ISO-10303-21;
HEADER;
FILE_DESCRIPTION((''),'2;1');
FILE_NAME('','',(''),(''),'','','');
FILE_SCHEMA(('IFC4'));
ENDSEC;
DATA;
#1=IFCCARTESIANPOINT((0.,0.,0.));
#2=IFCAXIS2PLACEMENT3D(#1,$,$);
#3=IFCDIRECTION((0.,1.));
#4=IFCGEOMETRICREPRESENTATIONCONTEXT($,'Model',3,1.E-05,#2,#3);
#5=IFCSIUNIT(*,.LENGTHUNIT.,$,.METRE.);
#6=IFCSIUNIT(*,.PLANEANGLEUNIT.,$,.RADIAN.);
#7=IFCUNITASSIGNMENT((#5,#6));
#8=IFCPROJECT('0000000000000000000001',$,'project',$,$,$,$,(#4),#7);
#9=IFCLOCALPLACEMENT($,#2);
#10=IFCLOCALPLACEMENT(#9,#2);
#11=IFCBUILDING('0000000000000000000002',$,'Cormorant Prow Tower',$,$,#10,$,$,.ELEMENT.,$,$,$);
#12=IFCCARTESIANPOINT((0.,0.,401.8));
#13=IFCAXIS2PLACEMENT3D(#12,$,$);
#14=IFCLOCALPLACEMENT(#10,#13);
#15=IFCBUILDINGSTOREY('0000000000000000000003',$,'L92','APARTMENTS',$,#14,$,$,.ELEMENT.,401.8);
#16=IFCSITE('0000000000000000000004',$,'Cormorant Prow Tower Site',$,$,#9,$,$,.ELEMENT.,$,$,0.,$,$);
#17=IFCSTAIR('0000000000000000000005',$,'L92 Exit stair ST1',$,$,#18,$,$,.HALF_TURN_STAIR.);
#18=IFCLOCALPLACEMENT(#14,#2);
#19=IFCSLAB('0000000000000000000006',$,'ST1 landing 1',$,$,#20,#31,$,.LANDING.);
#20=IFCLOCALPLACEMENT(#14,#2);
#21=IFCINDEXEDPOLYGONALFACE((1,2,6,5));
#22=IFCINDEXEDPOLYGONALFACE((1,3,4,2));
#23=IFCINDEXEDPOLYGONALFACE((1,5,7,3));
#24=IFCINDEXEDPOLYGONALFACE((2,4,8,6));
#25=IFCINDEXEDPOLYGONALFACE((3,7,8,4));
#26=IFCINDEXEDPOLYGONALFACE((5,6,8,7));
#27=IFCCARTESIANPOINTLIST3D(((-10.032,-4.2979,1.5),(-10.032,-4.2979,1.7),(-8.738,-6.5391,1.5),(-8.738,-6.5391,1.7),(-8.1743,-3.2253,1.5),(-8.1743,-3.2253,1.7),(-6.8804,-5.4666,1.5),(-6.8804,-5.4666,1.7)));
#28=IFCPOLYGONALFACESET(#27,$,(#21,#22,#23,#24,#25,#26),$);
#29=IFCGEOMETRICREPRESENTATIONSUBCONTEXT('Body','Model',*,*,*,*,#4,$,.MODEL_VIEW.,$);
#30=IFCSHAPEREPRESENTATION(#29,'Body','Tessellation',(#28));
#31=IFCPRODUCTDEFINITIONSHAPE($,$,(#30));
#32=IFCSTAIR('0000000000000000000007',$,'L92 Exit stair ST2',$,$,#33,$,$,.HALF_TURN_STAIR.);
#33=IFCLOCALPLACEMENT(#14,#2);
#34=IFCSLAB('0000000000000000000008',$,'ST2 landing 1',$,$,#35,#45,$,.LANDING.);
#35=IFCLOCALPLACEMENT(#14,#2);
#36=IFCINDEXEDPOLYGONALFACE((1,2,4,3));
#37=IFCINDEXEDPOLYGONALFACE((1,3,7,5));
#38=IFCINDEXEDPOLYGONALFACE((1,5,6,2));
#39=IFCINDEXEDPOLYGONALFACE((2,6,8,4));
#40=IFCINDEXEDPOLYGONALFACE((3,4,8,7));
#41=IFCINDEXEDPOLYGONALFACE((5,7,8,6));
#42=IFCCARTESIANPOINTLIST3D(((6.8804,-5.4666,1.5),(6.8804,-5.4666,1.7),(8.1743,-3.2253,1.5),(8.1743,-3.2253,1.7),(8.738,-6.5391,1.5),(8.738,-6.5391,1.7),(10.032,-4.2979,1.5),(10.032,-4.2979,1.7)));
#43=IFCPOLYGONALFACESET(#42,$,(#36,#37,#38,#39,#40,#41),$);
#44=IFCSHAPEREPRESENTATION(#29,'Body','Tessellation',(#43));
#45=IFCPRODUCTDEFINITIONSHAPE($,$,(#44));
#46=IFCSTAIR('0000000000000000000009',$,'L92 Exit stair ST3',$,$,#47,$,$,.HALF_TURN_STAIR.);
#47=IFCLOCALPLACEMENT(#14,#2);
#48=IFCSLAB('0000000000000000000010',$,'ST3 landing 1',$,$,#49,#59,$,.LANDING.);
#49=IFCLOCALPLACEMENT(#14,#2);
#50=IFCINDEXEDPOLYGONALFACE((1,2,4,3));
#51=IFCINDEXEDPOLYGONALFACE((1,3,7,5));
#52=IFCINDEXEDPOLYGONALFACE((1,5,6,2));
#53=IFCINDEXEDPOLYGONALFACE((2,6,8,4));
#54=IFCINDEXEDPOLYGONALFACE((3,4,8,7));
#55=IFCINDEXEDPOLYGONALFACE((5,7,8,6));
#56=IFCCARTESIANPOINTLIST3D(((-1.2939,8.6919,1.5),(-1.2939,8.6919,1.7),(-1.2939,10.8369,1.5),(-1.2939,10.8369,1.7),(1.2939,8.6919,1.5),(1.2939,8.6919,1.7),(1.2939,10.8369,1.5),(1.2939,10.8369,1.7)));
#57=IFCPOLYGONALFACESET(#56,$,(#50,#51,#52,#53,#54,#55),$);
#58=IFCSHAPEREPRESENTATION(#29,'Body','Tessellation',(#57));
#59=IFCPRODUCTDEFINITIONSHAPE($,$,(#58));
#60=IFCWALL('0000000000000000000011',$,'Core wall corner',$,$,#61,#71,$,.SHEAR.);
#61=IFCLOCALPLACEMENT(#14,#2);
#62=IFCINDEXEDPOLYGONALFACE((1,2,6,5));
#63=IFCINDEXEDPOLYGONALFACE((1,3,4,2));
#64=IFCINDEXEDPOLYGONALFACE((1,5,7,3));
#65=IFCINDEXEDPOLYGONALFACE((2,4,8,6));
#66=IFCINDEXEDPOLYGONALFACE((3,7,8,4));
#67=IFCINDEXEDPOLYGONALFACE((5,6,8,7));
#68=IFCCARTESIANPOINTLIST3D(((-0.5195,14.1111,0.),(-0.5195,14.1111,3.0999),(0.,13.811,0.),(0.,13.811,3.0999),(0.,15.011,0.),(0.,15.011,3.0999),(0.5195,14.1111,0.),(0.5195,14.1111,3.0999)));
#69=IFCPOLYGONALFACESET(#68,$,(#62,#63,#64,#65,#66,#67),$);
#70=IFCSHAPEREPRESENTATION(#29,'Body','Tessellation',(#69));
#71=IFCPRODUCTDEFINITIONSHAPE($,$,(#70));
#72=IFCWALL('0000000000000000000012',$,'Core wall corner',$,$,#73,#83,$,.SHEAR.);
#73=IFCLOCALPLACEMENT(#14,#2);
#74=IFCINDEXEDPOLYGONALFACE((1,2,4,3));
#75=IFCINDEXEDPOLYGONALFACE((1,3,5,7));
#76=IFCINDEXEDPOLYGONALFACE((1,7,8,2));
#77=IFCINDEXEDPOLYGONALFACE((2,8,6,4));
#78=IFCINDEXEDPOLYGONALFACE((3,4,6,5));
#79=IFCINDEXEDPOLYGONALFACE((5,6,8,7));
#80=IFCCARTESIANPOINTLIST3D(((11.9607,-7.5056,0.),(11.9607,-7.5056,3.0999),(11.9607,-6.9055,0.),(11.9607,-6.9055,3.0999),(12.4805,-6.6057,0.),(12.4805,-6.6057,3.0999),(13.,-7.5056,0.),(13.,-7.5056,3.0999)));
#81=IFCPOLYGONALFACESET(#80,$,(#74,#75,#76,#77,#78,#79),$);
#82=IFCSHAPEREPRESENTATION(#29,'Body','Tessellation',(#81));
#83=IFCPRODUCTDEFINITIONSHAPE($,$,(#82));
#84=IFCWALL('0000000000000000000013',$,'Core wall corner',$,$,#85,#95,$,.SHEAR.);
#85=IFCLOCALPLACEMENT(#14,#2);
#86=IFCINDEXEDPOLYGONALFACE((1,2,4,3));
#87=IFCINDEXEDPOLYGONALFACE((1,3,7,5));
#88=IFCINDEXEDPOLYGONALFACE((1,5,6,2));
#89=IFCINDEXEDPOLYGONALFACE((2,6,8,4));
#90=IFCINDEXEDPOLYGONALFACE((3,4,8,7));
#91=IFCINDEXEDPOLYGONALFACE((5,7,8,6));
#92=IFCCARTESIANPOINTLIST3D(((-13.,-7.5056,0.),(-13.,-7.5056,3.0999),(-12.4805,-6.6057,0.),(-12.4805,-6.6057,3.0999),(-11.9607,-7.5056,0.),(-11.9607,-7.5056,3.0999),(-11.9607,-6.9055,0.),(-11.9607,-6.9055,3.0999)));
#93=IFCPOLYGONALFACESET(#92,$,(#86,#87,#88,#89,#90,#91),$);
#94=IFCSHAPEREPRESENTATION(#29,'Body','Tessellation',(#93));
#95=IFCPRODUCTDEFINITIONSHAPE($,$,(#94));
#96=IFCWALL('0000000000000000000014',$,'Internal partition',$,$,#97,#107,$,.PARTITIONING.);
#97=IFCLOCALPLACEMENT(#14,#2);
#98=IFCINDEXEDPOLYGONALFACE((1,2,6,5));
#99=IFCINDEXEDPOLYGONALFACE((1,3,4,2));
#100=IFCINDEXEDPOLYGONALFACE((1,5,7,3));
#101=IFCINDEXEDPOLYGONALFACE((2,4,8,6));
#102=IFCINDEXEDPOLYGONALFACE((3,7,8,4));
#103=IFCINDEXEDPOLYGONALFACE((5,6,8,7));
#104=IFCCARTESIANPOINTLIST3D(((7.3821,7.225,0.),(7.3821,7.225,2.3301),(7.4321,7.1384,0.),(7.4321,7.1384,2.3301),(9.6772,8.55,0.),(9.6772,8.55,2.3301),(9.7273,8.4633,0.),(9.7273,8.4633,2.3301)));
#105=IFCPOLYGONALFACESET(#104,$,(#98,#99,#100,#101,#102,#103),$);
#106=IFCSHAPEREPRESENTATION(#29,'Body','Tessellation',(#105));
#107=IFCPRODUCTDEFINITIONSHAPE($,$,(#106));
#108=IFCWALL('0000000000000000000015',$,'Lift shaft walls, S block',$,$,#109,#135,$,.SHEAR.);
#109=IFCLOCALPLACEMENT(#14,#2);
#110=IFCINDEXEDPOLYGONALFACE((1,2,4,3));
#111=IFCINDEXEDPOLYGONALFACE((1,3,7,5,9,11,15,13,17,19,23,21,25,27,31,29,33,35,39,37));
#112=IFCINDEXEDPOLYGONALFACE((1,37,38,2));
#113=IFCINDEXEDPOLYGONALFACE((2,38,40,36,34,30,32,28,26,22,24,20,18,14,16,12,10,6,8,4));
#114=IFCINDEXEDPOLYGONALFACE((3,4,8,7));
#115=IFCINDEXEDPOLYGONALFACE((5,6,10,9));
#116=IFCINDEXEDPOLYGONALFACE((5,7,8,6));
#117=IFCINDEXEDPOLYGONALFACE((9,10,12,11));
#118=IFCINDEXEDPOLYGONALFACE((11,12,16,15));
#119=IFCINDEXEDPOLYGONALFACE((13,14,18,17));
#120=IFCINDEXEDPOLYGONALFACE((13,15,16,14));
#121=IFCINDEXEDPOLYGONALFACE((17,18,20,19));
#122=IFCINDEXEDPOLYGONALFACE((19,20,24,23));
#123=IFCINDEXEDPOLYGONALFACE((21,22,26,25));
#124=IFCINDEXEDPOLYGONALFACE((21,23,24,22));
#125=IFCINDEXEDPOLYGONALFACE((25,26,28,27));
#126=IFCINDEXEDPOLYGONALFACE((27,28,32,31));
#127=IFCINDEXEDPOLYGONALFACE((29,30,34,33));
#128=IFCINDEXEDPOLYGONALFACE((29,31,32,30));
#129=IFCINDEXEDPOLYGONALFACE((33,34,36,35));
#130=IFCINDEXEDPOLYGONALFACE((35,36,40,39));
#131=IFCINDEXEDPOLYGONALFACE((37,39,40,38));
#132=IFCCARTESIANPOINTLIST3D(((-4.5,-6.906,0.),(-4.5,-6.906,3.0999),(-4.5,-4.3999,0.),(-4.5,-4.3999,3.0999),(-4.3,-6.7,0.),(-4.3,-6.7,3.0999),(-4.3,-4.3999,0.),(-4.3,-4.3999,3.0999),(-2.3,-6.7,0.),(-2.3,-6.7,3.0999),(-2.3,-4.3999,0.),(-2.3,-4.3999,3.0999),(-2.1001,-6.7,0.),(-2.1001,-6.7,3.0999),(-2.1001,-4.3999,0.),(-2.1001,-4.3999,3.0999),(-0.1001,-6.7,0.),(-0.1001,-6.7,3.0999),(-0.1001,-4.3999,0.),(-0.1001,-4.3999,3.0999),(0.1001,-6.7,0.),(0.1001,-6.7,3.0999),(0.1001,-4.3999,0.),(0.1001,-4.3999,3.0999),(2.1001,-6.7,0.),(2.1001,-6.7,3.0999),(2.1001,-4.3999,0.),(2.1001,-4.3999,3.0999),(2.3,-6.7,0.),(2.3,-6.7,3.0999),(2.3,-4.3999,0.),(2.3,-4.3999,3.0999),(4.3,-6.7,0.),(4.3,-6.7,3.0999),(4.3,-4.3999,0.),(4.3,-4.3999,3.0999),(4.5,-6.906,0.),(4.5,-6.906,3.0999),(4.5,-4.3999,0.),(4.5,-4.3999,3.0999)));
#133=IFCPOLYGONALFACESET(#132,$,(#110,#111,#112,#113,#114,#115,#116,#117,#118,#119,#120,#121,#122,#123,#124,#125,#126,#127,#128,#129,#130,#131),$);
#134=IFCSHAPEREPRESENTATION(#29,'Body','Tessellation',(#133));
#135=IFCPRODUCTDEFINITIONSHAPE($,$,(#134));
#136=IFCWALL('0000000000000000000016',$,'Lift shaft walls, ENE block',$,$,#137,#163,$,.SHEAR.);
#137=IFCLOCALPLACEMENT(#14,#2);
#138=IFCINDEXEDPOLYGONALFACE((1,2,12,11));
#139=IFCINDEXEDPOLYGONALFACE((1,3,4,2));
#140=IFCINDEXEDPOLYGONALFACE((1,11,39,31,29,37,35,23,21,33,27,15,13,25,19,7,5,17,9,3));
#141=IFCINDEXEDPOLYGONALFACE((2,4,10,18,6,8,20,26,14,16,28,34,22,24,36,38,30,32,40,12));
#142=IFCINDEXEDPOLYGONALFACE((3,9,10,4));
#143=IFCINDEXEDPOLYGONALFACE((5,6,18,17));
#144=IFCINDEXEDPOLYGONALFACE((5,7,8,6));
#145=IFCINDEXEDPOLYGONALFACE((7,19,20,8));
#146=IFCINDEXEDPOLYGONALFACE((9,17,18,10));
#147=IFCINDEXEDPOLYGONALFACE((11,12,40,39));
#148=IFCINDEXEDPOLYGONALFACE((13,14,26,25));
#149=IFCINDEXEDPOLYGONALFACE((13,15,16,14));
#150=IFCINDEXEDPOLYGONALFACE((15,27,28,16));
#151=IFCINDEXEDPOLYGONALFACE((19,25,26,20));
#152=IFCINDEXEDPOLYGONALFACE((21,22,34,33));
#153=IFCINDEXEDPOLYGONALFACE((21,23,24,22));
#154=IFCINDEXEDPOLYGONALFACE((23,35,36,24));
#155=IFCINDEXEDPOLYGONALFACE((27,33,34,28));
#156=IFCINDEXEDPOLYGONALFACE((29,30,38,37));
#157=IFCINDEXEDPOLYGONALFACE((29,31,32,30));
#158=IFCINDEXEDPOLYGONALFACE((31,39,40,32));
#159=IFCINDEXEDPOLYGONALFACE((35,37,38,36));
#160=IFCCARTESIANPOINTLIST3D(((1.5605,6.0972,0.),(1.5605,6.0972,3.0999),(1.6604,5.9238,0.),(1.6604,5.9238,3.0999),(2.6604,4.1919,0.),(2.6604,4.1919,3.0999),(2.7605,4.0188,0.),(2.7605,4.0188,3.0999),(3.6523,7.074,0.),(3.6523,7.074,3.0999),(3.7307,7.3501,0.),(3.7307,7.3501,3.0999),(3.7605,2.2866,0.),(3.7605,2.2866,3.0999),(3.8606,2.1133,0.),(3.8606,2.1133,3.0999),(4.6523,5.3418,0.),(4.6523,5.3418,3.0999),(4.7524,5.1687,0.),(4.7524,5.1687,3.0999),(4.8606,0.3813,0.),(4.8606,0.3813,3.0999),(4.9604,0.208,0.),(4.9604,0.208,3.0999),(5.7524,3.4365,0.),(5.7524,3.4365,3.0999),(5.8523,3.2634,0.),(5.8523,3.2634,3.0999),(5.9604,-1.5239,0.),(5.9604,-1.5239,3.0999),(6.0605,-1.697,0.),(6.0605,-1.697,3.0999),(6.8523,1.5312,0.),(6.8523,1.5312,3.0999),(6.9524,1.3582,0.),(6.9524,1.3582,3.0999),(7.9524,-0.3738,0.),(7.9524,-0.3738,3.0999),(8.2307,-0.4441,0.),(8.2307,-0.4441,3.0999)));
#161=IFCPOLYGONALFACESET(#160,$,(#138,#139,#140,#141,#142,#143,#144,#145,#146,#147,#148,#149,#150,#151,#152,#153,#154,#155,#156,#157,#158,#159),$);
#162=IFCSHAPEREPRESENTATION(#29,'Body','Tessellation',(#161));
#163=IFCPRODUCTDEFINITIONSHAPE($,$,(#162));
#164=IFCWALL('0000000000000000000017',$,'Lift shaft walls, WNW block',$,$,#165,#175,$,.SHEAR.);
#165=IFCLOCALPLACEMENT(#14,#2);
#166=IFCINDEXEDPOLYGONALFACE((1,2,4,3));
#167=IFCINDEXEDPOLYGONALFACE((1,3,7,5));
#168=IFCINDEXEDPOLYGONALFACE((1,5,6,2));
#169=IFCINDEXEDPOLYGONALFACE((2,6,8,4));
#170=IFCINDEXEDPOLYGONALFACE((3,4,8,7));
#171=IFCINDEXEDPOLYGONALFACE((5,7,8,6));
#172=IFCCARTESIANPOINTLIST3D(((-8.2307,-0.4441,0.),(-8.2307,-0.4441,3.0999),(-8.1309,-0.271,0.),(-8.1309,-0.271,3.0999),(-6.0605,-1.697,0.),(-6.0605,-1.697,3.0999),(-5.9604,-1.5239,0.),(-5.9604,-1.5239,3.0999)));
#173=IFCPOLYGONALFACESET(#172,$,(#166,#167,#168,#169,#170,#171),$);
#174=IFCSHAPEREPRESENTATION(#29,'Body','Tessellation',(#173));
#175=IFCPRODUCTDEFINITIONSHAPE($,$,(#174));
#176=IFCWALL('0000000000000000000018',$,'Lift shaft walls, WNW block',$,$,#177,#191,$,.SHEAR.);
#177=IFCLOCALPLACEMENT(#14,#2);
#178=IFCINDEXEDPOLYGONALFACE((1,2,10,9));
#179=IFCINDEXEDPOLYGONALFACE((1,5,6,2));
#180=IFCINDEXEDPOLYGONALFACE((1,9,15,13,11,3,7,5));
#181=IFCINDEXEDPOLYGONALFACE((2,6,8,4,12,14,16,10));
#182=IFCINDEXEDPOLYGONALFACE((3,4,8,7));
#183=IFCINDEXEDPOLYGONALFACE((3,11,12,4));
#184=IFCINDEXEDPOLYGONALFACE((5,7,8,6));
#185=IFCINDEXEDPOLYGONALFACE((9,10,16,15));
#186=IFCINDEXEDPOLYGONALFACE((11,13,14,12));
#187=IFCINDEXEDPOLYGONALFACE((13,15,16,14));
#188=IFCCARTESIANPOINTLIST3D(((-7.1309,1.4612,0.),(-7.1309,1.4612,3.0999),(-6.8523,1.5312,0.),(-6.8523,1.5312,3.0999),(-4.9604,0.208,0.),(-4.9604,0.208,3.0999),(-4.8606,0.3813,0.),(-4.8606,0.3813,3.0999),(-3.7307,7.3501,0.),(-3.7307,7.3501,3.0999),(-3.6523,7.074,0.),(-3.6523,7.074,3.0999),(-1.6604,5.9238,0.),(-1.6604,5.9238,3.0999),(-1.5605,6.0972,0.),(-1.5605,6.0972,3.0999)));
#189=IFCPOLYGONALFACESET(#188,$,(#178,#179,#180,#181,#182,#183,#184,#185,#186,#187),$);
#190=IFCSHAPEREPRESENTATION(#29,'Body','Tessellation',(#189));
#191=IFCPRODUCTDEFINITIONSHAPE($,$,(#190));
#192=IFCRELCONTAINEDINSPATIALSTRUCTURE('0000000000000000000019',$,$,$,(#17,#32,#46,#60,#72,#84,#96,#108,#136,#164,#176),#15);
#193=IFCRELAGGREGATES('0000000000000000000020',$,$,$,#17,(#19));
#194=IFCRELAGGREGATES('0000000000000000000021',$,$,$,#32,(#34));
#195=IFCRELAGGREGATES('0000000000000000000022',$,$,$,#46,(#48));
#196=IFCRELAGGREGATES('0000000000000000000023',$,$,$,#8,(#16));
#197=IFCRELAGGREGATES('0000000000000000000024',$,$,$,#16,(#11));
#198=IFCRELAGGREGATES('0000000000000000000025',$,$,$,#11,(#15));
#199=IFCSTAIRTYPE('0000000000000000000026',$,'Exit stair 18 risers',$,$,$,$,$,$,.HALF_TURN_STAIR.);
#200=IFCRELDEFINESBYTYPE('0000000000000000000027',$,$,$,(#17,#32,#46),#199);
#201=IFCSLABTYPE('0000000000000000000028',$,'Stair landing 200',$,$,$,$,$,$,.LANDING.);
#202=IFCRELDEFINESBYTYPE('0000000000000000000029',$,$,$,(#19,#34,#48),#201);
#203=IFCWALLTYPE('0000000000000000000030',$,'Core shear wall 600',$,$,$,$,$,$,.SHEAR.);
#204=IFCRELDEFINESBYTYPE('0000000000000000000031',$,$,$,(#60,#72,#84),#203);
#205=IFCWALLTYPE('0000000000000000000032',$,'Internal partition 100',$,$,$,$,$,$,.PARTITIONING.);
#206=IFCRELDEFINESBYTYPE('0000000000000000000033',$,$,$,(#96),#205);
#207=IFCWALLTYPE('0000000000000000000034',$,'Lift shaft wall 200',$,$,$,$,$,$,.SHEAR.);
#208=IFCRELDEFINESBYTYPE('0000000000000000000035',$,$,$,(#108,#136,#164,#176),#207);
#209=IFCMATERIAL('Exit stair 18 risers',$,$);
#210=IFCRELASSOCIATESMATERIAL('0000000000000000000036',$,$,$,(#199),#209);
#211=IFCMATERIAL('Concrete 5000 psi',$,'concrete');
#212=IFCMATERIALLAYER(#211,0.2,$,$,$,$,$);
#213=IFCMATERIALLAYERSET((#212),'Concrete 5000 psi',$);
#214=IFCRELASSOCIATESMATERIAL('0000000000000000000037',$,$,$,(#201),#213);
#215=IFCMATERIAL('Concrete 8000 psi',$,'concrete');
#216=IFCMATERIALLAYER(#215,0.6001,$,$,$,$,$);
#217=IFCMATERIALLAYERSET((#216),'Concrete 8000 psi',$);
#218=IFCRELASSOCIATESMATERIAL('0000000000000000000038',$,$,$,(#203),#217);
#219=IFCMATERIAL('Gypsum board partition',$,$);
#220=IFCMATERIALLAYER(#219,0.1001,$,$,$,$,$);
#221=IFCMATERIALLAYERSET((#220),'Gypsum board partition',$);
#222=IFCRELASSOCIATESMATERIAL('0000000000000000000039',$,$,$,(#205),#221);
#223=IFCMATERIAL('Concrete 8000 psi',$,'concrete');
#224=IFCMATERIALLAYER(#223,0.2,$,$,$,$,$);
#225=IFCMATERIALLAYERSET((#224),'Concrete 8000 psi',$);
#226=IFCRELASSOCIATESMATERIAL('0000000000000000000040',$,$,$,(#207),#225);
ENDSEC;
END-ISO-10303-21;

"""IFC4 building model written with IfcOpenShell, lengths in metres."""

from ifc_helpers import new_model, si_unit, direction, frame, frame_2d, origin, place, context, subcontext, project, spatial, polyline, rectangle, outline, extrude, material, layer, layer_set, type_object, element, aggregate, save


model = new_model("IFC4")

# Units and contexts
model_context = context("Model", 3, precision=1e-05, world=origin(), true_north=direction((0.0, 1.0)))
body_context = subcontext(model_context, "Body", "Model", "MODEL_VIEW")
ifc_project = project(units=[si_unit("LENGTHUNIT", "METRE"), si_unit("PLANEANGLEUNIT", "RADIAN")], contexts=[model_context])

# Site, building, storey
site_placement = place(None, origin())
site = spatial("IfcSite", under=ifc_project, at=site_placement, Name="Cormorant Prow Tower Site", CompositionType="ELEMENT", RefElevation=0.0)
building_placement = place(site_placement, origin())
building = spatial("IfcBuilding", under=site, at=building_placement, Name="Cormorant Prow Tower", CompositionType="ELEMENT")
storey_placement = place(building_placement, frame((0.0, 0.0, 401.8)))
storey = spatial("IfcBuildingStorey", under=building, at=storey_placement, Name="L92", Description="APARTMENTS", CompositionType="ELEMENT", Elevation=401.8)

# Stairs, slabs
ifc_material_1 = material(Name="Exit stair 18 risers")
stair_type = type_object("IfcStairType", Name="Exit stair 18 risers", PredefinedType="HALF_TURN_STAIR", material=ifc_material_1)
stair_1_placement = place(storey_placement, origin())
stair_1 = element("IfcStair", 1, at=stair_1_placement, inside=storey, type_object=stair_type, Name="L92 Exit stair ST1", PredefinedType="HALF_TURN_STAIR")
ifc_material_2 = material(Name="Concrete 5000 psi", Category="concrete")
ifc_layer_1 = layer(ifc_material_2, 0.2)
ifc_layer_set_1 = layer_set([ifc_layer_1], Name="Concrete 5000 psi")
slab_type = type_object("IfcSlabType", Name="Stair landing 200", PredefinedType="LANDING", material=ifc_layer_set_1)
slab_1_placement = place(storey_placement, frame((0.0, 0.0, 1.5)))
slab_1 = element("IfcSlab", 2, at=slab_1_placement, type_object=slab_type, Name="ST1 landing 1", PredefinedType="LANDING", context=body_context, shape_type="SweptSolid", body=[
    extrude(outline(polyline([(-8.1743, -3.2253), (-10.032, -4.2979), (-8.738, -6.5391), (-6.8804, -5.4666), (-8.1743, -3.2253)])), origin(), (0.0, 0.0, 1.0), 0.2),
])
aggregate(stair_1, [slab_1])
stair_2_placement = place(storey_placement, origin())
stair_2 = element("IfcStair", 3, at=stair_2_placement, inside=storey, type_object=stair_type, Name="L92 Exit stair ST2", PredefinedType="HALF_TURN_STAIR")
slab_2_placement = place(storey_placement, frame((0.0, 0.0, 1.5)))
slab_2 = element("IfcSlab", 4, at=slab_2_placement, type_object=slab_type, Name="ST2 landing 1", PredefinedType="LANDING", context=body_context, shape_type="SweptSolid", body=[
    extrude(outline(polyline([(6.8804, -5.4666), (8.738, -6.5391), (10.032, -4.2979), (8.1743, -3.2253), (6.8804, -5.4666)])), origin(), (0.0, 0.0, 1.0), 0.2),
])
aggregate(stair_2, [slab_2])
stair_3_placement = place(storey_placement, origin())
stair_3 = element("IfcStair", 5, at=stair_3_placement, inside=storey, type_object=stair_type, Name="L92 Exit stair ST3", PredefinedType="HALF_TURN_STAIR")
slab_3_placement = place(storey_placement, frame((0.0, 0.0, 1.5)))
slab_3 = element("IfcSlab", 6, at=slab_3_placement, type_object=slab_type, Name="ST3 landing 1", PredefinedType="LANDING", context=body_context, shape_type="SweptSolid", body=[
    extrude(outline(polyline([(1.2939, 8.6919), (1.2939, 10.8369), (-1.2939, 10.8369), (-1.2939, 8.6919), (1.2939, 8.6919)])), origin(), (0.0, 0.0, 1.0), 0.2),
])

# Walls
ifc_material_3 = material(Name="Concrete 8000 psi", Category="concrete")
ifc_layer_2 = layer(ifc_material_3, 0.6001)
ifc_layer_set_2 = layer_set([ifc_layer_2], Name="Concrete 8000 psi")
wall_type_1 = type_object("IfcWallType", Name="Core shear wall 600", PredefinedType="SHEAR", material=ifc_layer_set_2)
wall_1_placement = place(storey_placement, origin())
element("IfcWall", 7, at=wall_1_placement, inside=storey, type_object=wall_type_1, Name="Core wall corner", PredefinedType="SHEAR", context=body_context, shape_type="SweptSolid", body=[
    extrude(outline(polyline([(-0.5195, 14.1111), (0.0, 15.011), (0.5195, 14.1111), (0.0, 13.811), (-0.5195, 14.1111)])), origin(), (0.0, 0.0, 1.0), 3.0999),
])
wall_2_placement = place(storey_placement, origin())
element("IfcWall", 8, at=wall_2_placement, inside=storey, type_object=wall_type_1, Name="Core wall corner", PredefinedType="SHEAR", context=body_context, shape_type="SweptSolid", body=[
    extrude(outline(polyline([(11.9607, -7.5056), (11.9607, -6.9055), (12.4805, -6.6057), (13.0, -7.5056), (11.9607, -7.5056)])), origin(), (0.0, 0.0, 1.0), 3.0999),
])
wall_3_placement = place(storey_placement, origin())
element("IfcWall", 9, at=wall_3_placement, inside=storey, type_object=wall_type_1, Name="Core wall corner", PredefinedType="SHEAR", context=body_context, shape_type="SweptSolid", body=[
    extrude(outline(polyline([(-12.4805, -6.6057), (-11.9607, -6.9055), (-11.9607, -7.5056), (-13.0, -7.5056), (-12.4805, -6.6057)])), origin(), (0.0, 0.0, 1.0), 3.0999),
])
ifc_material_4 = material(Name="Gypsum board partition")
ifc_layer_3 = layer(ifc_material_4, 0.1001)
ifc_layer_set_3 = layer_set([ifc_layer_3], Name="Gypsum board partition")
wall_type_2 = type_object("IfcWallType", Name="Internal partition 100", PredefinedType="PARTITIONING", material=ifc_layer_set_3)
wall_4_placement = place(storey_placement, frame((7.407, 7.1816, 0.0), z_axis=(0.0, 0.0, 1.0), x_axis=(0.866052, 0.499954, 0.0)))
element("IfcWall", 10, at=wall_4_placement, inside=storey, type_object=wall_type_2, Name="Internal partition", PredefinedType="PARTITIONING", context=body_context, shape_type="SweptSolid", body=[
    extrude(rectangle(XDim=2.6501, YDim=0.1001, at=frame_2d((1.3252, 0.0))), origin(), (0.0, 0.0, 1.0), 2.3301),
])
ifc_material_5 = material(Name="Concrete 8000 psi", Category="concrete")
ifc_layer_4 = layer(ifc_material_5, 0.2)
ifc_layer_set_4 = layer_set([ifc_layer_4], Name="Concrete 8000 psi")
wall_type_3 = type_object("IfcWallType", Name="Lift shaft wall 200", PredefinedType="SHEAR", material=ifc_layer_set_4)
wall_5_placement = place(storey_placement, origin())
element("IfcWall", 11, at=wall_5_placement, inside=storey, type_object=wall_type_3, Name="Lift shaft walls, S block", PredefinedType="SHEAR", context=body_context, shape_type="SweptSolid", body=[
    extrude(outline(polyline([(4.5, -4.3999), (4.5, -6.906), (-4.5, -6.906), (-4.5, -4.3999), (-4.3, -4.3999), (-4.3, -6.7), (-2.3, -6.7), (-2.3, -4.3999), (-2.1001, -4.3999), (-2.1001, -6.7), (-0.1001, -6.7), (-0.1001, -4.3999), (0.1001, -4.3999), (0.1001, -6.7), (2.1001, -6.7), (2.1001, -4.3999), (2.3, -4.3999), (2.3, -6.7), (4.3, -6.7), (4.3, -4.3999), (4.5, -4.3999)])), origin(), (0.0, 0.0, 1.0), 3.0999),
])
wall_6_placement = place(storey_placement, origin())
element("IfcWall", 12, at=wall_6_placement, inside=storey, type_object=wall_type_3, Name="Lift shaft walls, ENE block", PredefinedType="SHEAR", context=body_context, shape_type="SweptSolid", body=[
    extrude(outline(polyline([(1.5605, 6.0972), (3.7307, 7.3501), (8.2307, -0.4441), (6.0605, -1.697), (5.9604, -1.5239), (7.9524, -0.3738), (6.9524, 1.3582), (4.9604, 0.208), (4.8606, 0.3813), (6.8523, 1.5312), (5.8523, 3.2634), (3.8606, 2.1133), (3.7605, 2.2866), (5.7524, 3.4365), (4.7524, 5.1687), (2.7605, 4.0188), (2.6604, 4.1919), (4.6523, 5.3418), (3.6523, 7.074), (1.6604, 5.9238), (1.5605, 6.0972)])), origin(), (0.0, 0.0, 1.0), 3.0999),
])
wall_7_placement = place(storey_placement, origin())
element("IfcWall", 13, at=wall_7_placement, inside=storey, type_object=wall_type_3, Name="Lift shaft walls, WNW block", PredefinedType="SHEAR", context=body_context, shape_type="SweptSolid", body=[
    extrude(outline(polyline([(-6.0605, -1.697), (-8.2307, -0.4441), (-8.1309, -0.271), (-5.9604, -1.5239), (-6.0605, -1.697)])), origin(), (0.0, 0.0, 1.0), 3.0999),
])
wall_8_placement = place(storey_placement, origin())
element("IfcWall", 14, at=wall_8_placement, inside=storey, type_object=wall_type_3, Name="Lift shaft walls, WNW block", PredefinedType="SHEAR", context=body_context, shape_type="SweptSolid", body=[
    extrude(outline(polyline([(-4.9604, 0.208), (-7.1309, 1.4612), (-3.7307, 7.3501), (-1.5605, 6.0972), (-1.6604, 5.9238), (-3.6523, 7.074), (-6.8523, 1.5312), (-4.8606, 0.3813), (-4.9604, 0.208)])), origin(), (0.0, 0.0, 1.0), 3.0999),
])

aggregate(stair_3, [slab_3])

save(model, "model.ifc")
